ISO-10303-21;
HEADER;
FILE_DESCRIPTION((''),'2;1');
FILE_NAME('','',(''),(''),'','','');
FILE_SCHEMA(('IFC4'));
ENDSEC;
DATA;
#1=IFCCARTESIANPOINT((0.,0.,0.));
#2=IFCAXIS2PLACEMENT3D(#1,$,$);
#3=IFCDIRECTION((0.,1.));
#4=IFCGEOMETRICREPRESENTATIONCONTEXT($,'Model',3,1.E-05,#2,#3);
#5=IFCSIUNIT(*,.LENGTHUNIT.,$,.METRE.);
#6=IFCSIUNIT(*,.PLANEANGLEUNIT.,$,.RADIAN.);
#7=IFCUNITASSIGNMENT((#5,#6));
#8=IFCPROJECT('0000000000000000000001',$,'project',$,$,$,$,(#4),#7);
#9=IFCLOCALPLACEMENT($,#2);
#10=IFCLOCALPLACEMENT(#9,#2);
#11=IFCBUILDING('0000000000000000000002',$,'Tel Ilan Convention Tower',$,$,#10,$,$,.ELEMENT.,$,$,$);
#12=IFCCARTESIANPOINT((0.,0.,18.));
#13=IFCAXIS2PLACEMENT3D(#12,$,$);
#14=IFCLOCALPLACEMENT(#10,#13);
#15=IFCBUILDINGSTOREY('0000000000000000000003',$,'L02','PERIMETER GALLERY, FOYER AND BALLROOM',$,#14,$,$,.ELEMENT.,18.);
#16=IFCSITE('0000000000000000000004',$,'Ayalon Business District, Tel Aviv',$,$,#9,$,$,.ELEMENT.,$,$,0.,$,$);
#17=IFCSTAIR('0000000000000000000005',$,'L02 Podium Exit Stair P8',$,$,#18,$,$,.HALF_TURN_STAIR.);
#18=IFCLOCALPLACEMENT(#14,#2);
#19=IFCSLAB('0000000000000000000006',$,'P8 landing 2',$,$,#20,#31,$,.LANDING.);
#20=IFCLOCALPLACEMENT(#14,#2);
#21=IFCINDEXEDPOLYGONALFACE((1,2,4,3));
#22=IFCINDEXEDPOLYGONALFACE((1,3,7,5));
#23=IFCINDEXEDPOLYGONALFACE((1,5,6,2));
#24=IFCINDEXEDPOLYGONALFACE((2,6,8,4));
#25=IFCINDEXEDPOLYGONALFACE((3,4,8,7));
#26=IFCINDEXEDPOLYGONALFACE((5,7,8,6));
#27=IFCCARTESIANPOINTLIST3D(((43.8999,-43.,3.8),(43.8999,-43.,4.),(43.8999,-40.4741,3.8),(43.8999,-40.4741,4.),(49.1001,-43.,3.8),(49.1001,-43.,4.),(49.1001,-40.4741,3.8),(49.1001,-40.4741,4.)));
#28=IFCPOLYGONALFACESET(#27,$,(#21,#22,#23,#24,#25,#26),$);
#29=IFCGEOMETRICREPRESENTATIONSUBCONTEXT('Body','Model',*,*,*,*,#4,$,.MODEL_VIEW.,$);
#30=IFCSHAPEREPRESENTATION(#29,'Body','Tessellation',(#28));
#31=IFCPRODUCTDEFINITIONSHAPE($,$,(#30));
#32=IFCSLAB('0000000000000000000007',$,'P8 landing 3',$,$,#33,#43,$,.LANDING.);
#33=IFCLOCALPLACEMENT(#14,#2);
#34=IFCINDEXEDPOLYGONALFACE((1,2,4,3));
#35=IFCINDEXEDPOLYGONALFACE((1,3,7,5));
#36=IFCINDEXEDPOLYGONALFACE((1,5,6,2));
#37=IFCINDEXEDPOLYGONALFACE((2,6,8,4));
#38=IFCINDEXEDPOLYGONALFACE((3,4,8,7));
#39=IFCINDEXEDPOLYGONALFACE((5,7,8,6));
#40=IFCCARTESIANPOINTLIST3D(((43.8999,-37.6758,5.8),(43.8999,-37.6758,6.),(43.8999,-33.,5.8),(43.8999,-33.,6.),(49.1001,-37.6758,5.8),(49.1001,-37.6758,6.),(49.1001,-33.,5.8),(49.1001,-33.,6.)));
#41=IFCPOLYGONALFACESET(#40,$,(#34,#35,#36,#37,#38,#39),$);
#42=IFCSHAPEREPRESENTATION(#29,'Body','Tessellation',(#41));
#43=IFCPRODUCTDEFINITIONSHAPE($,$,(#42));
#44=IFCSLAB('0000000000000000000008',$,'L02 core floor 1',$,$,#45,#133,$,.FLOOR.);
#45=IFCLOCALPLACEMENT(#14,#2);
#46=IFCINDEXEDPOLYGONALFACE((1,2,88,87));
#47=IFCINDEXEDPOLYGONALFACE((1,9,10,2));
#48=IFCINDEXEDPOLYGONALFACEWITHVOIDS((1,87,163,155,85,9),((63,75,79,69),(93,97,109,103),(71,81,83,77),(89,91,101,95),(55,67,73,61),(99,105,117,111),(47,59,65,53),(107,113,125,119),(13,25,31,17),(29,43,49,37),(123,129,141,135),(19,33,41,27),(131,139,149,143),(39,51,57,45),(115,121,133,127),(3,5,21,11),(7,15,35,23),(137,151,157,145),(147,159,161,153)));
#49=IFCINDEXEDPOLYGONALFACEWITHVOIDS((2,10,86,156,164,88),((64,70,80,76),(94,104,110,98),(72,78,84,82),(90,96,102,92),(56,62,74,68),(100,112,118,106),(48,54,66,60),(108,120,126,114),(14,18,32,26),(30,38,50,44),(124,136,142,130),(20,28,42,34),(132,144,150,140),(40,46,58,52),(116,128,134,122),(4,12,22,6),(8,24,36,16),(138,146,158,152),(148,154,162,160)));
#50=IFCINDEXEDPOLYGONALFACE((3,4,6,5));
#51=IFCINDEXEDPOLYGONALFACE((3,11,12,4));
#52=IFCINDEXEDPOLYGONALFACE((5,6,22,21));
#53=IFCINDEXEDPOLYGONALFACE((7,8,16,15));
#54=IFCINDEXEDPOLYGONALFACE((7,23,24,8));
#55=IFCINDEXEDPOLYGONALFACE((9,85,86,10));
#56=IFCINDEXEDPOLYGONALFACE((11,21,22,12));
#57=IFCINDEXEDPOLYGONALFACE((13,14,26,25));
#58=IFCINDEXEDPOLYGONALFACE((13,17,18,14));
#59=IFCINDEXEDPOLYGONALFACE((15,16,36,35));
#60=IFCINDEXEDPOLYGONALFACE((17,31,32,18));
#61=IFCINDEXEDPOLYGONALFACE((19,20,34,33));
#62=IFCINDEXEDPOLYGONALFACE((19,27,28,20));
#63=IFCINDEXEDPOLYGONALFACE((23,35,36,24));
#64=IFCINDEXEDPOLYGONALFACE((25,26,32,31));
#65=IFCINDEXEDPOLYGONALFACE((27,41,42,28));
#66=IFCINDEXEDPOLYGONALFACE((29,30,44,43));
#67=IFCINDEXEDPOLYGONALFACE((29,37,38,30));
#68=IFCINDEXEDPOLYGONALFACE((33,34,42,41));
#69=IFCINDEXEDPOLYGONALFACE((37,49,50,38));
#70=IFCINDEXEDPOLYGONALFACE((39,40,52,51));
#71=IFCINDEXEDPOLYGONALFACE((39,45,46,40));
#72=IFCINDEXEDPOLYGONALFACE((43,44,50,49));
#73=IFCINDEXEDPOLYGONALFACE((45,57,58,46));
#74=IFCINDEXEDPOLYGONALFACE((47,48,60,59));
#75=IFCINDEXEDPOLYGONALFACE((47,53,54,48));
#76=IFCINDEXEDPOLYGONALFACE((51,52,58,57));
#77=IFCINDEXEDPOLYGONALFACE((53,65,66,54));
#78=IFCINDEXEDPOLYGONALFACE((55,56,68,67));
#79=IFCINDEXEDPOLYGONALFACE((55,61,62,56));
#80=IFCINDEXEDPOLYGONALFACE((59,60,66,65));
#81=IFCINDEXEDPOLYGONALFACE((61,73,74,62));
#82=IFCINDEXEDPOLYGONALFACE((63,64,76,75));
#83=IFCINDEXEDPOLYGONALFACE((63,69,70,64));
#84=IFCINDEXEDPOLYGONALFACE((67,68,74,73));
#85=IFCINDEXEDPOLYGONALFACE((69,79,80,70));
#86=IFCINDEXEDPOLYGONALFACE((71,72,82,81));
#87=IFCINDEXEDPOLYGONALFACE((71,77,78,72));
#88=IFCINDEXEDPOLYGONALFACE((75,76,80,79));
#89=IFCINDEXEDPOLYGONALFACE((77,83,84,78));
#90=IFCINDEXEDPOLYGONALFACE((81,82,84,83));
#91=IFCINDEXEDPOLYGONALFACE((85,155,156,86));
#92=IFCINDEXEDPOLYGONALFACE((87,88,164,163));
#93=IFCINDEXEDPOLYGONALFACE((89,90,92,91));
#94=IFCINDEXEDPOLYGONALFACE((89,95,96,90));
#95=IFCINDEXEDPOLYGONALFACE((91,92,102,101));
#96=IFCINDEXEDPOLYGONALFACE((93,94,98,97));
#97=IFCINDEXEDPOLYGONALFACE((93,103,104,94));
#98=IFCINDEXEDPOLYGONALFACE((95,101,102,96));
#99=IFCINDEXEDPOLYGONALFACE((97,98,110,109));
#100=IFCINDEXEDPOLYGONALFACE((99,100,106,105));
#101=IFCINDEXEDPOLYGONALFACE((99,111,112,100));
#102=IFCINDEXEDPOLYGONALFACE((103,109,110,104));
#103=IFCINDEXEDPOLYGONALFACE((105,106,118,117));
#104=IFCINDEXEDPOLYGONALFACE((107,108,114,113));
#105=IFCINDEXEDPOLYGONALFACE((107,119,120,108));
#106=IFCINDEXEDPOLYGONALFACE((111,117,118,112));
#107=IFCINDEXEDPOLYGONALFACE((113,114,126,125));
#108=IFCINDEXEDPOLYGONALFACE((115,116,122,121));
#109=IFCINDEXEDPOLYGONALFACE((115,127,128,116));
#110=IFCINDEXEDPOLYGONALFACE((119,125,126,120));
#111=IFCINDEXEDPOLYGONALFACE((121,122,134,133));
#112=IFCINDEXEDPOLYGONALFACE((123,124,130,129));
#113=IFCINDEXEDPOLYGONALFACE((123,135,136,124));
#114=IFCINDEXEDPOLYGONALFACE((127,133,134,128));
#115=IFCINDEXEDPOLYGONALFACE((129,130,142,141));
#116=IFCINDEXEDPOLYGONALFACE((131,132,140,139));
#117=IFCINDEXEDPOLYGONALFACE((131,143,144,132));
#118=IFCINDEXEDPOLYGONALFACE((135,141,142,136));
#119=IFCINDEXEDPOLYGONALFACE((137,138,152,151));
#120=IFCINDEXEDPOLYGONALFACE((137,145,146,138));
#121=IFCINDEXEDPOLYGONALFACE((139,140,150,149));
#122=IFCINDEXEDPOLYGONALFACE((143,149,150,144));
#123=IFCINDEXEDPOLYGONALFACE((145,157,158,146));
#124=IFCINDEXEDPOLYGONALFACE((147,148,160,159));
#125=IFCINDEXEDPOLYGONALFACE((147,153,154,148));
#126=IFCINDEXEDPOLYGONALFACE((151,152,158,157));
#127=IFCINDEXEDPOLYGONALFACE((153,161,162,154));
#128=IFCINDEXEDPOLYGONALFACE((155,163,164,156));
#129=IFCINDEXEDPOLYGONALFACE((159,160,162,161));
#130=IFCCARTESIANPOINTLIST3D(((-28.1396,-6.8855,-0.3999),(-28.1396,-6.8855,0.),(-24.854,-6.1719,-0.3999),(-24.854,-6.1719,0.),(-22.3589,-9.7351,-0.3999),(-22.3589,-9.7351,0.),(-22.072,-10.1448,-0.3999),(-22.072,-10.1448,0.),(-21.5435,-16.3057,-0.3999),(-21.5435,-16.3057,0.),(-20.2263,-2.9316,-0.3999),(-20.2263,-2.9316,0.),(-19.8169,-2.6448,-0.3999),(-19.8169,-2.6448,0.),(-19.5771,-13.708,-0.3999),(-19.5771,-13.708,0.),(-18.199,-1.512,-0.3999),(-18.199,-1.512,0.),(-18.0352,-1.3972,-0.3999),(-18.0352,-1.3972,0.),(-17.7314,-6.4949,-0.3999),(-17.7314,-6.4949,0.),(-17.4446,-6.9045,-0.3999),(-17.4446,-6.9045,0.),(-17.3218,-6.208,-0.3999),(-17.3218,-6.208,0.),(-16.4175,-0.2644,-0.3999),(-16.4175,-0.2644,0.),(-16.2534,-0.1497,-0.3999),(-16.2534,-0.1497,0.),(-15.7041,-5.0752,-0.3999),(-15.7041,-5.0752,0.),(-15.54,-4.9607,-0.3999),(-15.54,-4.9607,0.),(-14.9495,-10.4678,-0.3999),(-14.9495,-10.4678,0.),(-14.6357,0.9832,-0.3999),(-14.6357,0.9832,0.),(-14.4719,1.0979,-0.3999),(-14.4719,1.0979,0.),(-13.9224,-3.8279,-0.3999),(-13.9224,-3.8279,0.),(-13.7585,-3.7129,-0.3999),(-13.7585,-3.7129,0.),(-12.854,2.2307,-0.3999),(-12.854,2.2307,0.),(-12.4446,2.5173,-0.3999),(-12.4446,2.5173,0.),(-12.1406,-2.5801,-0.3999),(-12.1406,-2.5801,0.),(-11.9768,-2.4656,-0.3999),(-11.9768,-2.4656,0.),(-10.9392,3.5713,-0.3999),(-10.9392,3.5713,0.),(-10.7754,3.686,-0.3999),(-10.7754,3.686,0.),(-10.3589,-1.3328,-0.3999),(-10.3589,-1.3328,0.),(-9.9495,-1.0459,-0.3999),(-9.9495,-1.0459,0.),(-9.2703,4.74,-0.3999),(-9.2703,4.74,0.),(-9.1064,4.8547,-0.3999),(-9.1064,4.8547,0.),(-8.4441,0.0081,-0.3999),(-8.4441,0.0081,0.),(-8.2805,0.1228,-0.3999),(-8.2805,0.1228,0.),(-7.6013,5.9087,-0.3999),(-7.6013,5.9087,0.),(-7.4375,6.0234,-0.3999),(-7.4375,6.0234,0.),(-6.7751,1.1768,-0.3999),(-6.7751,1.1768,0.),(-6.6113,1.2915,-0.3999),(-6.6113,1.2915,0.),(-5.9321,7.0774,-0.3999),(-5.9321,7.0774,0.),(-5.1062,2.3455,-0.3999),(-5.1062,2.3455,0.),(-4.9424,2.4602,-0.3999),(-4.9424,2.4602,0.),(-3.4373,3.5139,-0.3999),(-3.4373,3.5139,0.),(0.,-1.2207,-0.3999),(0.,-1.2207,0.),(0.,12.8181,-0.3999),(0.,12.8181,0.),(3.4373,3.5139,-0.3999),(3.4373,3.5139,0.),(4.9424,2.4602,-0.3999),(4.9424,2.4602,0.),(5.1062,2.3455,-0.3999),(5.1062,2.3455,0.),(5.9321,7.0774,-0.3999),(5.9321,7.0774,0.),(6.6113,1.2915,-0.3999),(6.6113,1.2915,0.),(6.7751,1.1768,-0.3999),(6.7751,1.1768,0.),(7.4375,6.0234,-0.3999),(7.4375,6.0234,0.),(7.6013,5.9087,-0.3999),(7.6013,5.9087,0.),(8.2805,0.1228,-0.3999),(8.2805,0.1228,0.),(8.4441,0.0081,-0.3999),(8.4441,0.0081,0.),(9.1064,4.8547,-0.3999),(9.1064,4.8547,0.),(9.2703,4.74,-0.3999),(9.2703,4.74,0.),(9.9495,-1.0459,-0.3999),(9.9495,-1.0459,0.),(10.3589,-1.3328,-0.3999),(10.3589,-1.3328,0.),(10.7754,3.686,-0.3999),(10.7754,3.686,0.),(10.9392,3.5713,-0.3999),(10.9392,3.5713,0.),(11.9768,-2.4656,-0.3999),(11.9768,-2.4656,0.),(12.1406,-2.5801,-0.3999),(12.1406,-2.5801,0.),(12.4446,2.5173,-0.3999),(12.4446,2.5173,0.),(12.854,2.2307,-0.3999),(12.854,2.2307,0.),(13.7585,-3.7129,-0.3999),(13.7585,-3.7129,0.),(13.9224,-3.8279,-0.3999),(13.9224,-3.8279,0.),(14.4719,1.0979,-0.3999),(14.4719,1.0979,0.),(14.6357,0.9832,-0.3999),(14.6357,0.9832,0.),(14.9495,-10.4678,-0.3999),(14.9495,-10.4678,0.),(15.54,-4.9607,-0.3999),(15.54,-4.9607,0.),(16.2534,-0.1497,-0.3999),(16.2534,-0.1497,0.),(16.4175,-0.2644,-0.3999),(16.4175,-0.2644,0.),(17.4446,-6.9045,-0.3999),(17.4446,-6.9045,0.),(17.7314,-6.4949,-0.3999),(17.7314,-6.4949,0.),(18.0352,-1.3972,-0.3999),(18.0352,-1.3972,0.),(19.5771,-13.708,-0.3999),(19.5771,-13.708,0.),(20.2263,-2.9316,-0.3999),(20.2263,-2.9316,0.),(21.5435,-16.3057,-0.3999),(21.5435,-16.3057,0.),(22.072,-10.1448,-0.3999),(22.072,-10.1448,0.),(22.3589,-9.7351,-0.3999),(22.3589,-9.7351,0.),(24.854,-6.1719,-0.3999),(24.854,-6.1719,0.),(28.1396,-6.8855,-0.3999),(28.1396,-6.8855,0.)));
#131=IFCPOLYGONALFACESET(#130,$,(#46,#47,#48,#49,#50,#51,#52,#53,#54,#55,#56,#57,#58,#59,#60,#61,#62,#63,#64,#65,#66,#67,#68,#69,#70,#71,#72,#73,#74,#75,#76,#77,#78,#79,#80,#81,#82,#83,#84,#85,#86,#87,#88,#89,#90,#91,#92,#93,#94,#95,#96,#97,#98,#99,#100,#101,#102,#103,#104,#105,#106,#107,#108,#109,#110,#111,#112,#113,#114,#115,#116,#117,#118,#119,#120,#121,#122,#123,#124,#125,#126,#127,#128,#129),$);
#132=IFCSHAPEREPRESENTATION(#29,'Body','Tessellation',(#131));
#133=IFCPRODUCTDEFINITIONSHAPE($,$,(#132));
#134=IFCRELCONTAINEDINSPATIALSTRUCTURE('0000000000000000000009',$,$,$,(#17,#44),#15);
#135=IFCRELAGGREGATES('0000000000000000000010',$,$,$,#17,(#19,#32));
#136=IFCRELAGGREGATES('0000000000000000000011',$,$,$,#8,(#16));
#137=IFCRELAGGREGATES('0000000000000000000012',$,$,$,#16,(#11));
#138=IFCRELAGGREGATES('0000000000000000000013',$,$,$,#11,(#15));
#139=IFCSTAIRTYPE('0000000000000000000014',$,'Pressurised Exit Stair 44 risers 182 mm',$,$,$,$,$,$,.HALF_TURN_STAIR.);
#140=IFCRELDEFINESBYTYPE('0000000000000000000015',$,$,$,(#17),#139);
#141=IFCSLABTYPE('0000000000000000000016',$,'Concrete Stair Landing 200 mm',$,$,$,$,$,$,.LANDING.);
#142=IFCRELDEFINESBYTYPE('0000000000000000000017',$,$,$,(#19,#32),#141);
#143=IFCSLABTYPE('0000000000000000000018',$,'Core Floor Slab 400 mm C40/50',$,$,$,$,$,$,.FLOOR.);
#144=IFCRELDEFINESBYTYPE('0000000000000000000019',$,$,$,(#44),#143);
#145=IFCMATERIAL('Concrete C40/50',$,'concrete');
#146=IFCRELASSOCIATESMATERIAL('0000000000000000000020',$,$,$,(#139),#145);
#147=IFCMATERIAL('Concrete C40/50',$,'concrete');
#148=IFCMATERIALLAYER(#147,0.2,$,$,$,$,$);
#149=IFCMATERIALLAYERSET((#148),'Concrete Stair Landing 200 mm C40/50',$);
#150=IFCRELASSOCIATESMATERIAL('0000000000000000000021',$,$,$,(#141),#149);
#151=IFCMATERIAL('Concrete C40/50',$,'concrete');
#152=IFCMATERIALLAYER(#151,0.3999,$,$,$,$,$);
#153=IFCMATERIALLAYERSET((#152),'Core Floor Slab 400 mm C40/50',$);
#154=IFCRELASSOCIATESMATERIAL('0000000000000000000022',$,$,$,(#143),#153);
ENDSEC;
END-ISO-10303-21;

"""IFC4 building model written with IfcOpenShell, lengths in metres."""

from ifc_helpers import new_model, si_unit, direction, frame, origin, place, context, subcontext, project, spatial, polyline, outline, extrude, material, layer, layer_set, type_object, element, aggregate, save


model = new_model("IFC4")

# Units and contexts
model_context = context("Model", 3, precision=1e-05, world=origin(), true_north=direction((0.0, 1.0)))
body_context = subcontext(model_context, "Body", "Model", "MODEL_VIEW")
ifc_project = project(units=[si_unit("LENGTHUNIT", "METRE"), si_unit("PLANEANGLEUNIT", "RADIAN")], contexts=[model_context])

# Site, building, storey
site_placement = place(None, origin())
site = spatial("IfcSite", under=ifc_project, at=site_placement, Name="Ayalon Business District, Tel Aviv", CompositionType="ELEMENT", RefElevation=0.0)
building_placement = place(site_placement, origin())
building = spatial("IfcBuilding", under=site, at=building_placement, Name="Tel Ilan Convention Tower", CompositionType="ELEMENT")
storey_placement = place(building_placement, frame((0.0, 0.0, 18.0)))
storey = spatial("IfcBuildingStorey", under=building, at=storey_placement, Name="L02", Description="PERIMETER GALLERY, FOYER AND BALLROOM", CompositionType="ELEMENT", Elevation=18.0)

# Stair, slabs
ifc_material_1 = material(Name="Concrete C40/50", Category="concrete")
stair_type = type_object("IfcStairType", Name="Pressurised Exit Stair 44 risers 182 mm", PredefinedType="HALF_TURN_STAIR", material=ifc_material_1)
stair_placement = place(storey_placement, origin())
stair = element("IfcStair", 1, at=stair_placement, inside=storey, type_object=stair_type, Name="L02 Podium Exit Stair P8", PredefinedType="HALF_TURN_STAIR")
ifc_material_2 = material(Name="Concrete C40/50", Category="concrete")
ifc_layer_1 = layer(ifc_material_2, 0.2)
ifc_layer_set_1 = layer_set([ifc_layer_1], Name="Concrete Stair Landing 200 mm C40/50")
slab_type_1 = type_object("IfcSlabType", Name="Concrete Stair Landing 200 mm", PredefinedType="LANDING", material=ifc_layer_set_1)
slab_1_placement = place(storey_placement, frame((0.0, 0.0, 3.8)))
slab_1 = element("IfcSlab", 2, at=slab_1_placement, type_object=slab_type_1, Name="P8 landing 2", PredefinedType="LANDING", context=body_context, shape_type="SweptSolid", body=[
    extrude(outline(polyline([(49.1001, -43.0), (49.1001, -40.4741), (43.8999, -40.4741), (43.8999, -43.0), (49.1001, -43.0)])), origin(), (0.0, 0.0, 1.0), 0.2),
])
slab_2_placement = place(storey_placement, frame((0.0, 0.0, 5.8)))
slab_2 = element("IfcSlab", 3, at=slab_2_placement, type_object=slab_type_1, Name="P8 landing 3", PredefinedType="LANDING", context=body_context, shape_type="SweptSolid", body=[
    extrude(outline(polyline([(49.1001, -37.6758), (49.1001, -33.0), (43.8999, -33.0), (43.8999, -37.6758), (49.1001, -37.6758)])), origin(), (0.0, 0.0, 1.0), 0.2),
])
aggregate(stair, [slab_1, slab_2])

# Slab
ifc_material_3 = material(Name="Concrete C40/50", Category="concrete")
ifc_layer_2 = layer(ifc_material_3, 0.3999)
ifc_layer_set_2 = layer_set([ifc_layer_2], Name="Core Floor Slab 400 mm C40/50")
slab_type_2 = type_object("IfcSlabType", Name="Core Floor Slab 400 mm C40/50", PredefinedType="FLOOR", material=ifc_layer_set_2)
slab_3_placement = place(storey_placement, frame((0.0, 0.0, -0.3999)))
element("IfcSlab", 4, at=slab_3_placement, inside=storey, type_object=slab_type_2, Name="L02 core floor 1", PredefinedType="FLOOR", context=body_context, shape_type="SweptSolid", body=[
    extrude(outline(polyline([(-28.1396, -6.8855), (0.0, 12.8181), (28.1396, -6.8855), (21.5435, -16.3057), (0.0, -1.2207), (-21.5435, -16.3057), (-28.1396, -6.8855)]), holes=[polyline([(-19.5771, -13.708), (-14.9495, -10.4678), (-17.4446, -6.9045), (-22.072, -10.1448), (-19.5771, -13.708)]), polyline([(-22.3589, -9.7351), (-17.7314, -6.4949), (-20.2263, -2.9316), (-24.854, -6.1719), (-22.3589, -9.7351)]), polyline([(-15.7041, -5.0752), (-18.199, -1.512), (-19.8169, -2.6448), (-17.3218, -6.208), (-15.7041, -5.0752)]), polyline([(-13.9224, -3.8279), (-16.4175, -0.2644), (-18.0352, -1.3972), (-15.54, -4.9607), (-13.9224, -3.8279)]), polyline([(-12.1406, -2.5801), (-14.6357, 0.9832), (-16.2534, -0.1497), (-13.7585, -3.7129), (-12.1406, -2.5801)]), polyline([(-10.3589, -1.3328), (-12.854, 2.2307), (-14.4719, 1.0979), (-11.9768, -2.4656), (-10.3589, -1.3328)]), polyline([(-8.4441, 0.0081), (-10.9392, 3.5713), (-12.4446, 2.5173), (-9.9495, -1.0459), (-8.4441, 0.0081)]), polyline([(-6.7751, 1.1768), (-9.2703, 4.74), (-10.7754, 3.686), (-8.2805, 0.1228), (-6.7751, 1.1768)]), polyline([(-5.1062, 2.3455), (-7.6013, 5.9087), (-9.1064, 4.8547), (-6.6113, 1.2915), (-5.1062, 2.3455)]), polyline([(-3.4373, 3.5139), (-5.9321, 7.0774), (-7.4375, 6.0234), (-4.9424, 2.4602), (-3.4373, 3.5139)]), polyline([(22.072, -10.1448), (17.4446, -6.9045), (14.9495, -10.4678), (19.5771, -13.708), (22.072, -10.1448)]), polyline([(24.854, -6.1719), (20.2263, -2.9316), (17.7314, -6.4949), (22.3589, -9.7351), (24.854, -6.1719)]), polyline([(13.9224, -3.8279), (15.54, -4.9607), (18.0352, -1.3972), (16.4175, -0.2644), (13.9224, -3.8279)]), polyline([(12.1406, -2.5801), (13.7585, -3.7129), (16.2534, -0.1497), (14.6357, 0.9832), (12.1406, -2.5801)]), polyline([(10.3589, -1.3328), (11.9768, -2.4656), (14.4719, 1.0979), (12.854, 2.2307), (10.3589, -1.3328)]), polyline([(8.4441, 0.0081), (9.9495, -1.0459), (12.4446, 2.5173), (10.9392, 3.5713), (8.4441, 0.0081)]), polyline([(6.7751, 1.1768), (8.2805, 0.1228), (10.7754, 3.686), (9.2703, 4.74), (6.7751, 1.1768)]), polyline([(5.1062, 2.3455), (6.6113, 1.2915), (9.1064, 4.8547), (7.6013, 5.9087), (5.1062, 2.3455)]), polyline([(3.4373, 3.5139), (4.9424, 2.4602), (7.4375, 6.0234), (5.9321, 7.0774), (3.4373, 3.5139)])]), origin(), (0.0, 0.0, 1.0), 0.3999),
])

save(model, "model.ifc")
